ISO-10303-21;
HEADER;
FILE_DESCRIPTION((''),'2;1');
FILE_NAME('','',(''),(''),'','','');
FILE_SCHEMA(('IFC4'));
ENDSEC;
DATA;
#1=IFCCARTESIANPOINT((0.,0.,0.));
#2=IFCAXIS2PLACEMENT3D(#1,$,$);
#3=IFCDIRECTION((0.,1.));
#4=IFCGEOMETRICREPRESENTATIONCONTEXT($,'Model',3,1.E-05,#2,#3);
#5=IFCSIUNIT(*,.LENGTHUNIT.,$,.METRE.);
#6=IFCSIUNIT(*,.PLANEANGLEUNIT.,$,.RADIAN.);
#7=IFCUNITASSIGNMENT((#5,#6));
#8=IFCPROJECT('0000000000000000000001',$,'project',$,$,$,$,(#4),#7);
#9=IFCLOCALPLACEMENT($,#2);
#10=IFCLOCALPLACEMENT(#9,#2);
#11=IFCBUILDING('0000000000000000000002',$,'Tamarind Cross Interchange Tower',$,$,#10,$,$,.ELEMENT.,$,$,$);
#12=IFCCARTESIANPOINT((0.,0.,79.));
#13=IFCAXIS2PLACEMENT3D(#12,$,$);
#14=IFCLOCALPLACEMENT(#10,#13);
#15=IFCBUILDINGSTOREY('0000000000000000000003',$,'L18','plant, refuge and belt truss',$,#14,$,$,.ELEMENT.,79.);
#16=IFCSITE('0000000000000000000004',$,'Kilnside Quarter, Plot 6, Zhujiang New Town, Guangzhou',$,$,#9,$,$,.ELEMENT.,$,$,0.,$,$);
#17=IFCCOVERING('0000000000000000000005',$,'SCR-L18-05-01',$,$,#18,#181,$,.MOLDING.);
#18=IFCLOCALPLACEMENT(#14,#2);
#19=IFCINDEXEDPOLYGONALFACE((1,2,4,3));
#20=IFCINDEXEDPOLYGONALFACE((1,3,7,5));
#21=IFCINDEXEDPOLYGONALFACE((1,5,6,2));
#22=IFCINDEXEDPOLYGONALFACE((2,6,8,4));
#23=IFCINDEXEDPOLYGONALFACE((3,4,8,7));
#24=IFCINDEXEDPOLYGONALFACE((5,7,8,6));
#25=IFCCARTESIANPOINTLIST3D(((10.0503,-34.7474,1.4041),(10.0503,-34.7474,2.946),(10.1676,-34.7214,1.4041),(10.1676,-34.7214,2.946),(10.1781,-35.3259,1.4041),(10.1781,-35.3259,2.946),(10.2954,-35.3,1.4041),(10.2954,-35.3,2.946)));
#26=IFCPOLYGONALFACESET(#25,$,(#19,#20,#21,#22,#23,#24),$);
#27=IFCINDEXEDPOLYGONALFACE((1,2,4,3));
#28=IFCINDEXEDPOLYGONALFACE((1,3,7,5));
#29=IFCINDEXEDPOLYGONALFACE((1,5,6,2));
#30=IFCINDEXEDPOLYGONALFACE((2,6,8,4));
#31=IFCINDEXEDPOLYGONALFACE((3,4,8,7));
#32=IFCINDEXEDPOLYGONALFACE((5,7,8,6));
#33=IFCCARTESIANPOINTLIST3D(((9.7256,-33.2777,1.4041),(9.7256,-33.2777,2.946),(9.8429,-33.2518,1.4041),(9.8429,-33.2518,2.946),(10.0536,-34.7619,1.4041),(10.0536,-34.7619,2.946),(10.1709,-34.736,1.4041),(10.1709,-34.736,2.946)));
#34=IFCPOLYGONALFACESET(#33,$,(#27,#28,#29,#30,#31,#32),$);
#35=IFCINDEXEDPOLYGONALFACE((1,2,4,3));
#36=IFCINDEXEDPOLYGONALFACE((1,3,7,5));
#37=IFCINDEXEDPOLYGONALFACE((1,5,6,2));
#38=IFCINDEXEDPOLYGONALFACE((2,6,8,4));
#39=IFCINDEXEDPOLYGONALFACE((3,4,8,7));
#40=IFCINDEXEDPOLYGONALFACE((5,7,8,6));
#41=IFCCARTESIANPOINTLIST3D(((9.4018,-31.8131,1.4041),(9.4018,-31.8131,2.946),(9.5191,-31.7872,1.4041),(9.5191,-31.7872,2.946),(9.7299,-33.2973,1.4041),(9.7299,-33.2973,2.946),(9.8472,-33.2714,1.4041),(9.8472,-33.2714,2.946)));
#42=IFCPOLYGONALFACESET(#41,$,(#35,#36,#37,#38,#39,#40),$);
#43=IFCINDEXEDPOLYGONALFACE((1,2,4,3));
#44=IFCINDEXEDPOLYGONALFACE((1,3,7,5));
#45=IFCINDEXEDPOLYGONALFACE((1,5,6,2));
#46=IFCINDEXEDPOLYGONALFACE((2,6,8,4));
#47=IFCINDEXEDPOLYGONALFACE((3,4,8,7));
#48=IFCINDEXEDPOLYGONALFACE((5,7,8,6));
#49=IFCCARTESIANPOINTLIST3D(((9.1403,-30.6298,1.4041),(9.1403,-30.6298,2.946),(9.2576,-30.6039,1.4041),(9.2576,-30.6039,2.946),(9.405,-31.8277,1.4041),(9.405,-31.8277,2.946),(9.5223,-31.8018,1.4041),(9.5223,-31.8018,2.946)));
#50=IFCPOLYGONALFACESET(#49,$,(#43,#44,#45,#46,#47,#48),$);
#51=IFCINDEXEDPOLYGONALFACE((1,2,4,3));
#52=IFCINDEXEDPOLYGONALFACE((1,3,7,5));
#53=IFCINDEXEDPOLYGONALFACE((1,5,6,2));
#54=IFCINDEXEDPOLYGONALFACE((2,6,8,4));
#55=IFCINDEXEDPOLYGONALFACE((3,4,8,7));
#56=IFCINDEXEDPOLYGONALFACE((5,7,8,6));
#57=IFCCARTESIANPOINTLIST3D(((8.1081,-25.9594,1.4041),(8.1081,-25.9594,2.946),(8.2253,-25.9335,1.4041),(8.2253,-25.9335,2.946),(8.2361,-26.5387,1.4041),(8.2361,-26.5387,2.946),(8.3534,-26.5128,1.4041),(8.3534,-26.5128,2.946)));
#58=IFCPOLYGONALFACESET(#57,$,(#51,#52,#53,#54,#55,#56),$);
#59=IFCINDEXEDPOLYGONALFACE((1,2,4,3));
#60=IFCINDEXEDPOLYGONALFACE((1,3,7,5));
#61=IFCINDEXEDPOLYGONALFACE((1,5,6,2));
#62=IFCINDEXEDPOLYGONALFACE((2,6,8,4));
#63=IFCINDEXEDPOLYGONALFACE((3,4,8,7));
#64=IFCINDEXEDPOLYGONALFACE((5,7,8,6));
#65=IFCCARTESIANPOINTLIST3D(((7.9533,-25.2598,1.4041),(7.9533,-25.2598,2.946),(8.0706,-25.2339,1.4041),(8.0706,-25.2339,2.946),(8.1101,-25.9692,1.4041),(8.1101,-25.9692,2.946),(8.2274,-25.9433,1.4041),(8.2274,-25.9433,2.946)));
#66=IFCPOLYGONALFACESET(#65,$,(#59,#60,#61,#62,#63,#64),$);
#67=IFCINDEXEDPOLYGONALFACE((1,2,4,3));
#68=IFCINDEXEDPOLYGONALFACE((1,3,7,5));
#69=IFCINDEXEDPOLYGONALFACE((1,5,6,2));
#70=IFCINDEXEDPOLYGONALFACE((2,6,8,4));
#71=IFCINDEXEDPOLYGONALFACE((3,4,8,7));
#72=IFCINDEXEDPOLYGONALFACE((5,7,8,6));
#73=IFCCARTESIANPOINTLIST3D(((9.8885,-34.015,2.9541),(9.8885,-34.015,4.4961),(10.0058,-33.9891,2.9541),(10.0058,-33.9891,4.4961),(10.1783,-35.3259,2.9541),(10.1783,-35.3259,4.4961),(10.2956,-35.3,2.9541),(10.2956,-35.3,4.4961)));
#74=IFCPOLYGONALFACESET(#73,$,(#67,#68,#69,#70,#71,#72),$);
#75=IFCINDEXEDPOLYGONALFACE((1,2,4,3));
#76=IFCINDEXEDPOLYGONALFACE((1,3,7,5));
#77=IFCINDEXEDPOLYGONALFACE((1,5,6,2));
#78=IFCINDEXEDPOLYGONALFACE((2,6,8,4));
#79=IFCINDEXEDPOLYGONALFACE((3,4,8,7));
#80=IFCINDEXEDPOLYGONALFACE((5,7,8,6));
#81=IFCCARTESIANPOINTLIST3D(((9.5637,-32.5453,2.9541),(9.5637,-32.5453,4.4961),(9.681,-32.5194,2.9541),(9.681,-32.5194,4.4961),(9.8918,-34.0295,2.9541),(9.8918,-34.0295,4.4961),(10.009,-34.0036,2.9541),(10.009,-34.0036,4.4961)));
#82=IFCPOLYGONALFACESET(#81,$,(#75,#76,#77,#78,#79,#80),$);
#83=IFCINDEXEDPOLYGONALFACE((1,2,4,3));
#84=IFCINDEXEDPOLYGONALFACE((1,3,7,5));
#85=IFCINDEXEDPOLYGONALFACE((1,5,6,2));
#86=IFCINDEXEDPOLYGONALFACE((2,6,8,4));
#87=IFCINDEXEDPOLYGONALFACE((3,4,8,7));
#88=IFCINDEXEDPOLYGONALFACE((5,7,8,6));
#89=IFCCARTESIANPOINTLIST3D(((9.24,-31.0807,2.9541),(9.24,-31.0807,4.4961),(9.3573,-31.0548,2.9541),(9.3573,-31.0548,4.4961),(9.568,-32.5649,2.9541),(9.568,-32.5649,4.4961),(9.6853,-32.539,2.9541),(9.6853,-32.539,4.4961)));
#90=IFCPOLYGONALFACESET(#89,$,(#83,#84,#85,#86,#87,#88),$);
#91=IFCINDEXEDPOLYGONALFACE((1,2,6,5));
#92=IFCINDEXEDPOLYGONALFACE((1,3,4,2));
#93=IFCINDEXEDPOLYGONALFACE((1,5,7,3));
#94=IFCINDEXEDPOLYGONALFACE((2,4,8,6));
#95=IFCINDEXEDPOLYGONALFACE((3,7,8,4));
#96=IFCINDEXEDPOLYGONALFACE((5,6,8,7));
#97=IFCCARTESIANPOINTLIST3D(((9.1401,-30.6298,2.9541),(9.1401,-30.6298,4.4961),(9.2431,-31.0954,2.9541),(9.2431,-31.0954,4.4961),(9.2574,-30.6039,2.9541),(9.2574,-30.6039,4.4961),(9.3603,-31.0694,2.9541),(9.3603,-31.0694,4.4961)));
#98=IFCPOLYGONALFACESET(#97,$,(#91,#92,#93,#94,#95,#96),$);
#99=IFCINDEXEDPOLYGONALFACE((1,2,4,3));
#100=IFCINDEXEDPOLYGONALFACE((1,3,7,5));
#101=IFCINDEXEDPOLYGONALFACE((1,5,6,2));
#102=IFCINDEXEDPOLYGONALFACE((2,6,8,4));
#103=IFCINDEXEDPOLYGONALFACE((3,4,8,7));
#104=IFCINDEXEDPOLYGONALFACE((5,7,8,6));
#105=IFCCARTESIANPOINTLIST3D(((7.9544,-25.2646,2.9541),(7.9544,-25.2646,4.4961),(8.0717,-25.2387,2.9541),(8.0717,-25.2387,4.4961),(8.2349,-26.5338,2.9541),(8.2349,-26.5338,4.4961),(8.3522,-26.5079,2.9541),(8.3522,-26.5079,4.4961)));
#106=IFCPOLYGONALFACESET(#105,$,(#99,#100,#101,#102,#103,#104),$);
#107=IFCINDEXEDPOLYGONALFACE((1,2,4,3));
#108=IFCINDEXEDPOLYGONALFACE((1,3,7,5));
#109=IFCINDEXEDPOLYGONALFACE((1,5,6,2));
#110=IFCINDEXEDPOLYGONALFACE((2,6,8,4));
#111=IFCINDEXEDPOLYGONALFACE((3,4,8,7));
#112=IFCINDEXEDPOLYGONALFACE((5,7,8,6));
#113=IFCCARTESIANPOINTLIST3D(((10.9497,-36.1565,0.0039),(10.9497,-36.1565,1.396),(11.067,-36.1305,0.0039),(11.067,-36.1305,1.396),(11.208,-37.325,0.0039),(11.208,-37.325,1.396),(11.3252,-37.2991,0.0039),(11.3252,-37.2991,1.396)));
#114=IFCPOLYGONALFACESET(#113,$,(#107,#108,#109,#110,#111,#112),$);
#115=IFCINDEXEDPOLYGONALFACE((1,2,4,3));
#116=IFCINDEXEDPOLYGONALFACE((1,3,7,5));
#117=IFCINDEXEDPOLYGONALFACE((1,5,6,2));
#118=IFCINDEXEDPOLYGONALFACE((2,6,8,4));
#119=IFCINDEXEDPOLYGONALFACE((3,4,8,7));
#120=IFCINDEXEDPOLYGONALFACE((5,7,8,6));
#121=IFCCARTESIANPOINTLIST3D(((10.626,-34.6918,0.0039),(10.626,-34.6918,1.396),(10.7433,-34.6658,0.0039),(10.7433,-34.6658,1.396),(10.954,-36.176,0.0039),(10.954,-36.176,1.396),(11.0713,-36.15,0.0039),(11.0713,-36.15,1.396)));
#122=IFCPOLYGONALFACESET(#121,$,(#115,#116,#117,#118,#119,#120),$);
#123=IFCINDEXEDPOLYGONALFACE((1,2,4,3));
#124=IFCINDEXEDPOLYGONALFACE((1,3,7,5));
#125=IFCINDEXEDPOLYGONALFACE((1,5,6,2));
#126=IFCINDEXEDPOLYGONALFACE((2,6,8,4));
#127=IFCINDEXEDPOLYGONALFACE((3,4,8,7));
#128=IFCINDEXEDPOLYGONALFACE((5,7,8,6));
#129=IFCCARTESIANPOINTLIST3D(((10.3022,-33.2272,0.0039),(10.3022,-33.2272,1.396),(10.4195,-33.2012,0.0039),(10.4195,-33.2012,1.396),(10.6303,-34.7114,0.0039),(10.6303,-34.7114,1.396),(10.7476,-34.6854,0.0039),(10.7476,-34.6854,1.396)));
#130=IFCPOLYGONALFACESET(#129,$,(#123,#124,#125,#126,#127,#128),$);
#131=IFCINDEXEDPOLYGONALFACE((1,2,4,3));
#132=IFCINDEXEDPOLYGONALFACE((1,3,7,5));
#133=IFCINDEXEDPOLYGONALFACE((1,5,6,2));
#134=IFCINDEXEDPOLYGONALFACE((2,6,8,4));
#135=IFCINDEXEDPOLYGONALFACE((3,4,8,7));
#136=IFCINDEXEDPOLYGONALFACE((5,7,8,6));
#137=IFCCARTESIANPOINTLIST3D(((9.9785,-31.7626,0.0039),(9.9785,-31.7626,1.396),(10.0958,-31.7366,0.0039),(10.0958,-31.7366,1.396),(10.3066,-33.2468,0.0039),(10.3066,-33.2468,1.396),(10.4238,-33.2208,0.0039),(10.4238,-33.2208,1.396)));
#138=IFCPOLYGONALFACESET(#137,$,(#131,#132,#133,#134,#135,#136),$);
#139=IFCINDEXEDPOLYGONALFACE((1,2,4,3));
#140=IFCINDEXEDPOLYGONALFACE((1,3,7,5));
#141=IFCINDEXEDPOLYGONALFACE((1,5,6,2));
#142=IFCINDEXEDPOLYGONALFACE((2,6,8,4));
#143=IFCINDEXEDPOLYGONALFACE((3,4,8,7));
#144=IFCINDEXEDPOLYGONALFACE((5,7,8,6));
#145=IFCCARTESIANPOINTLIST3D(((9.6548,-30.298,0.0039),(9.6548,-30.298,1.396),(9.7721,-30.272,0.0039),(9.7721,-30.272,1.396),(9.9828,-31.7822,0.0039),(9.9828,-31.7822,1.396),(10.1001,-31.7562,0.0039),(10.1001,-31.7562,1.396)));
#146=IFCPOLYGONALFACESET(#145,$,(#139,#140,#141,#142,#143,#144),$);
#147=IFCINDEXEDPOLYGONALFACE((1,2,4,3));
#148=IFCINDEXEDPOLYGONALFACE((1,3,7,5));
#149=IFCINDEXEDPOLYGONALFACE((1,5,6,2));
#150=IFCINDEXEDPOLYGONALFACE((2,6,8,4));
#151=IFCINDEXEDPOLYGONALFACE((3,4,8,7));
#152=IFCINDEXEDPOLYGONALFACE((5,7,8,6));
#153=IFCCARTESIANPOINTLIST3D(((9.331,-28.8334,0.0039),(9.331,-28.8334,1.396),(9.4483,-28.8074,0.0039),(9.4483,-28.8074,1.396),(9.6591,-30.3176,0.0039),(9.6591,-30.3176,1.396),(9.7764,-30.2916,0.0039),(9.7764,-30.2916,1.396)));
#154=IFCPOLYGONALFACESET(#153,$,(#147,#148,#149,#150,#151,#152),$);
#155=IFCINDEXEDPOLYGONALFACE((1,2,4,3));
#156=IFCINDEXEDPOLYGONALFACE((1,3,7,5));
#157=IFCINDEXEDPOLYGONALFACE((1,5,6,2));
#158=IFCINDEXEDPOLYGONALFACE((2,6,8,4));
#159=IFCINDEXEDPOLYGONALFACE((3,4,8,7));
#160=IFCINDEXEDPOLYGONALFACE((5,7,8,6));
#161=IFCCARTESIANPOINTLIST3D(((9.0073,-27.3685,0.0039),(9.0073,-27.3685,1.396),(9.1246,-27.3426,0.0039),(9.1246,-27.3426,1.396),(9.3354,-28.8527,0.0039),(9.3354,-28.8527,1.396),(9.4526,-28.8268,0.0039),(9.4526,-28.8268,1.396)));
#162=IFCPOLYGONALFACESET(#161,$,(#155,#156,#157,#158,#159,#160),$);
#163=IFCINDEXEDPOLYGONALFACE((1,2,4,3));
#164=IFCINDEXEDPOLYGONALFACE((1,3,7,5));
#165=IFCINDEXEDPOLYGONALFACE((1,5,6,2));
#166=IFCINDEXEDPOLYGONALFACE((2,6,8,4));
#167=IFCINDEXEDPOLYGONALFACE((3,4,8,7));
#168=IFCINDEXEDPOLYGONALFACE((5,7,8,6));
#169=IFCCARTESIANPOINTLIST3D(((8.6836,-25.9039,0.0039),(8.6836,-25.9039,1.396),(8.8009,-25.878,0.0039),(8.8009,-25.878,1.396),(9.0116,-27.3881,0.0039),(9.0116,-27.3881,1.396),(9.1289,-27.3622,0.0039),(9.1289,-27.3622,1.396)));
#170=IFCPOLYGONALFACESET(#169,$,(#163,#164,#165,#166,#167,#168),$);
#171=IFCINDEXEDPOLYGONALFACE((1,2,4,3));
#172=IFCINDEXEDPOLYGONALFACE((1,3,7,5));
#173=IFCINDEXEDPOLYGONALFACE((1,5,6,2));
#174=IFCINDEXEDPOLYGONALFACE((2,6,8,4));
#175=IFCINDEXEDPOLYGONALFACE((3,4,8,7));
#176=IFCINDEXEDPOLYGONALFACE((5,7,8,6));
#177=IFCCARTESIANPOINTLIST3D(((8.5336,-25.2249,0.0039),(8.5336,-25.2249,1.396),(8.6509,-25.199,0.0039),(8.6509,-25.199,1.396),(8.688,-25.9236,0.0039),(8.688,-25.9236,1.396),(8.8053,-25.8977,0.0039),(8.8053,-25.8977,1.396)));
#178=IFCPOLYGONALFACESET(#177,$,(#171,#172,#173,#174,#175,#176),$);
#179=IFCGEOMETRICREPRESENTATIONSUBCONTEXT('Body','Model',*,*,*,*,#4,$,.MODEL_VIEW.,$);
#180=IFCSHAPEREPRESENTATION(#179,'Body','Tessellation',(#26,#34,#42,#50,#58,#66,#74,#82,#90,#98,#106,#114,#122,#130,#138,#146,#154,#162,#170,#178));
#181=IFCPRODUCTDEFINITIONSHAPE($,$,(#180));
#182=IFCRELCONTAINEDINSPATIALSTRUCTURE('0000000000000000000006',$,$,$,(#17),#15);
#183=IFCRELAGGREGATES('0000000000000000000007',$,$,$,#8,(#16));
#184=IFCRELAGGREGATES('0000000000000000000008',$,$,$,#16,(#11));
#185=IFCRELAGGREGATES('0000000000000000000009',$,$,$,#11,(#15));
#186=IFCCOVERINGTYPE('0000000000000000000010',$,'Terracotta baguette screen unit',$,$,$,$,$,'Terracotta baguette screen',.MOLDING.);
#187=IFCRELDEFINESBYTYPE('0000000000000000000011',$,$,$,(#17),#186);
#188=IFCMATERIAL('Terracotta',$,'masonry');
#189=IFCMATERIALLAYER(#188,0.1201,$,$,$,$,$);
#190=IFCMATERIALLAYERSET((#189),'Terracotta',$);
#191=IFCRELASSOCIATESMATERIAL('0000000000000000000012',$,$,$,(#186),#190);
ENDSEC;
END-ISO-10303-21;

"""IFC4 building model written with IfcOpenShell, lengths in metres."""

from ifc_helpers import new_model, si_unit, direction, frame, origin, origin_2d, place, context, subcontext, project, spatial, rectangle, extrude, material, layer, layer_set, type_object, element, save


model = new_model("IFC4")

# Units and contexts
model_context = context("Model", 3, precision=1e-05, world=origin(), true_north=direction((0.0, 1.0)))
body_context = subcontext(model_context, "Body", "Model", "MODEL_VIEW")
ifc_project = project(units=[si_unit("LENGTHUNIT", "METRE"), si_unit("PLANEANGLEUNIT", "RADIAN")], contexts=[model_context])

# Site, building, storey
site_placement = place(None, origin())
site = spatial("IfcSite", under=ifc_project, at=site_placement, Name="Kilnside Quarter, Plot 6, Zhujiang New Town, Guangzhou", CompositionType="ELEMENT", RefElevation=0.0)
building_placement = place(site_placement, origin())
building = spatial("IfcBuilding", under=site, at=building_placement, Name="Tamarind Cross Interchange Tower", CompositionType="ELEMENT")
storey_placement = place(building_placement, frame((0.0, 0.0, 79.0)))
storey = spatial("IfcBuildingStorey", under=building, at=storey_placement, Name="L18", Description="plant, refuge and belt truss", CompositionType="ELEMENT", Elevation=79.0)

# Covering
ifc_material_1 = material(Name="Terracotta", Category="masonry")
ifc_layer_1 = layer(ifc_material_1, 0.1201)
ifc_layer_set_1 = layer_set([ifc_layer_1], Name="Terracotta")
covering_type = type_object("IfcCoveringType", Name="Terracotta baguette screen unit", ElementType="Terracotta baguette screen", PredefinedType="MOLDING", material=ifc_layer_set_1)
covering_1_placement = place(storey_placement, origin())
element("IfcCovering", 1, at=covering_1_placement, inside=storey, type_object=covering_type, Name="SCR-L18-05-01", PredefinedType="MOLDING", context=body_context, shape_type="SweptSolid", body=[
    extrude(rectangle(XDim=0.5925, YDim=0.1201, at=origin_2d()), frame((10.1729, -35.0237, 1.4041), z_axis=(0.0, 0.0, 1.0), x_axis=(-0.21582, 0.976433, 0.0)), (0.0, 0.0, 1.0), 1.542),
    extrude(rectangle(XDim=1.52, YDim=0.1201, at=origin_2d()), frame((9.9482, -34.0068, 1.4041), z_axis=(0.0, 0.0, 1.0), x_axis=(-0.21582, 0.976433, 0.0)), (0.0, 0.0, 1.0), 1.542),
    extrude(rectangle(XDim=1.52, YDim=0.1201, at=origin_2d()), frame((9.6245, -32.5422, 1.4041), z_axis=(0.0, 0.0, 1.0), x_axis=(-0.21582, 0.976433, 0.0)), (0.0, 0.0, 1.0), 1.542),
    extrude(rectangle(XDim=1.2268, YDim=0.1201, at=origin_2d()), frame((9.3313, -31.2158, 1.4041), z_axis=(0.0, 0.0, 1.0), x_axis=(-0.21582, 0.976433, 0.0)), (0.0, 0.0, 1.0), 1.542),
    extrude(rectangle(XDim=0.5933, YDim=0.1201, at=origin_2d()), frame((8.2307, -26.2361, 1.4041), z_axis=(0.0, 0.0, 1.0), x_axis=(-0.21582, 0.976433, 0.0)), (0.0, 0.0, 1.0), 1.542),
    extrude(rectangle(XDim=0.7266, YDim=0.1201, at=origin_2d()), frame((8.0903, -25.6016, 1.4041), z_axis=(0.0, 0.0, 1.0), x_axis=(-0.21582, 0.976433, 0.0)), (0.0, 0.0, 1.0), 1.542),
    extrude(rectangle(XDim=1.3425, YDim=0.1201, at=origin_2d()), frame((10.092, -34.6575, 2.9541), z_axis=(0.0, 0.0, 1.0), x_axis=(-0.21582, 0.976433, 0.0)), (0.0, 0.0, 1.0), 1.542),
    extrude(rectangle(XDim=1.52, YDim=0.1201, at=origin_2d()), frame((9.7864, -33.2744, 2.9541), z_axis=(0.0, 0.0, 1.0), x_axis=(-0.21582, 0.976433, 0.0)), (0.0, 0.0, 1.0), 1.542),
    extrude(rectangle(XDim=1.52, YDim=0.1201, at=origin_2d()), frame((9.4626, -31.8098, 2.9541), z_axis=(0.0, 0.0, 1.0), x_axis=(-0.21582, 0.976433, 0.0)), (0.0, 0.0, 1.0), 1.542),
    extrude(rectangle(XDim=0.4768, YDim=0.1201, at=origin_2d()), frame((9.2502, -30.8496, 2.9541), z_axis=(0.0, 0.0, 1.0), x_axis=(-0.21582, 0.976433, 0.0)), (0.0, 0.0, 1.0), 1.542),
    extrude(rectangle(XDim=1.2998, YDim=0.1201, at=origin_2d()), frame((8.1533, -25.8862, 2.9541), z_axis=(0.0, 0.0, 1.0), x_axis=(-0.21582, 0.976433, 0.0)), (0.0, 0.0, 1.0), 1.542),
    extrude(rectangle(XDim=1.1968, YDim=0.1201, at=origin_2d()), frame((11.1375, -36.7278, 0.0039), z_axis=(0.0, 0.0, 1.0), x_axis=(-0.21582, 0.976433, 0.0)), (0.0, 0.0, 1.0), 1.3921),
    extrude(rectangle(XDim=1.52, YDim=0.1201, at=origin_2d()), frame((10.8486, -35.4209, 0.0039), z_axis=(0.0, 0.0, 1.0), x_axis=(-0.21582, 0.976433, 0.0)), (0.0, 0.0, 1.0), 1.3921),
    extrude(rectangle(XDim=1.52, YDim=0.1201, at=origin_2d()), frame((10.5249, -33.9563, 0.0039), z_axis=(0.0, 0.0, 1.0), x_axis=(-0.21582, 0.976433, 0.0)), (0.0, 0.0, 1.0), 1.3921),
    extrude(rectangle(XDim=1.52, YDim=0.1201, at=origin_2d()), frame((10.2012, -32.4917, 0.0039), z_axis=(0.0, 0.0, 1.0), x_axis=(-0.21582, 0.976433, 0.0)), (0.0, 0.0, 1.0), 1.3921),
    extrude(rectangle(XDim=1.52, YDim=0.1201, at=origin_2d()), frame((9.8774, -31.0271, 0.0039), z_axis=(0.0, 0.0, 1.0), x_axis=(-0.21582, 0.976433, 0.0)), (0.0, 0.0, 1.0), 1.3921),
    extrude(rectangle(XDim=1.52, YDim=0.1201, at=origin_2d()), frame((9.5537, -29.5625, 0.0039), z_axis=(0.0, 0.0, 1.0), x_axis=(-0.21582, 0.976433, 0.0)), (0.0, 0.0, 1.0), 1.3921),
    extrude(rectangle(XDim=1.52, YDim=0.1201, at=origin_2d()), frame((9.23, -28.0977, 0.0039), z_axis=(0.0, 0.0, 1.0), x_axis=(-0.21582, 0.976433, 0.0)), (0.0, 0.0, 1.0), 1.3921),
    extrude(rectangle(XDim=1.52, YDim=0.1201, at=origin_2d()), frame((8.9062, -26.6331, 0.0039), z_axis=(0.0, 0.0, 1.0), x_axis=(-0.21582, 0.976433, 0.0)), (0.0, 0.0, 1.0), 1.3921),
    extrude(rectangle(XDim=0.7156, YDim=0.1201, at=origin_2d()), frame((8.6694, -25.5613, 0.0039), z_axis=(0.0, 0.0, 1.0), x_axis=(-0.21582, 0.976433, 0.0)), (0.0, 0.0, 1.0), 1.3921),
])

save(model, "model.ifc")
